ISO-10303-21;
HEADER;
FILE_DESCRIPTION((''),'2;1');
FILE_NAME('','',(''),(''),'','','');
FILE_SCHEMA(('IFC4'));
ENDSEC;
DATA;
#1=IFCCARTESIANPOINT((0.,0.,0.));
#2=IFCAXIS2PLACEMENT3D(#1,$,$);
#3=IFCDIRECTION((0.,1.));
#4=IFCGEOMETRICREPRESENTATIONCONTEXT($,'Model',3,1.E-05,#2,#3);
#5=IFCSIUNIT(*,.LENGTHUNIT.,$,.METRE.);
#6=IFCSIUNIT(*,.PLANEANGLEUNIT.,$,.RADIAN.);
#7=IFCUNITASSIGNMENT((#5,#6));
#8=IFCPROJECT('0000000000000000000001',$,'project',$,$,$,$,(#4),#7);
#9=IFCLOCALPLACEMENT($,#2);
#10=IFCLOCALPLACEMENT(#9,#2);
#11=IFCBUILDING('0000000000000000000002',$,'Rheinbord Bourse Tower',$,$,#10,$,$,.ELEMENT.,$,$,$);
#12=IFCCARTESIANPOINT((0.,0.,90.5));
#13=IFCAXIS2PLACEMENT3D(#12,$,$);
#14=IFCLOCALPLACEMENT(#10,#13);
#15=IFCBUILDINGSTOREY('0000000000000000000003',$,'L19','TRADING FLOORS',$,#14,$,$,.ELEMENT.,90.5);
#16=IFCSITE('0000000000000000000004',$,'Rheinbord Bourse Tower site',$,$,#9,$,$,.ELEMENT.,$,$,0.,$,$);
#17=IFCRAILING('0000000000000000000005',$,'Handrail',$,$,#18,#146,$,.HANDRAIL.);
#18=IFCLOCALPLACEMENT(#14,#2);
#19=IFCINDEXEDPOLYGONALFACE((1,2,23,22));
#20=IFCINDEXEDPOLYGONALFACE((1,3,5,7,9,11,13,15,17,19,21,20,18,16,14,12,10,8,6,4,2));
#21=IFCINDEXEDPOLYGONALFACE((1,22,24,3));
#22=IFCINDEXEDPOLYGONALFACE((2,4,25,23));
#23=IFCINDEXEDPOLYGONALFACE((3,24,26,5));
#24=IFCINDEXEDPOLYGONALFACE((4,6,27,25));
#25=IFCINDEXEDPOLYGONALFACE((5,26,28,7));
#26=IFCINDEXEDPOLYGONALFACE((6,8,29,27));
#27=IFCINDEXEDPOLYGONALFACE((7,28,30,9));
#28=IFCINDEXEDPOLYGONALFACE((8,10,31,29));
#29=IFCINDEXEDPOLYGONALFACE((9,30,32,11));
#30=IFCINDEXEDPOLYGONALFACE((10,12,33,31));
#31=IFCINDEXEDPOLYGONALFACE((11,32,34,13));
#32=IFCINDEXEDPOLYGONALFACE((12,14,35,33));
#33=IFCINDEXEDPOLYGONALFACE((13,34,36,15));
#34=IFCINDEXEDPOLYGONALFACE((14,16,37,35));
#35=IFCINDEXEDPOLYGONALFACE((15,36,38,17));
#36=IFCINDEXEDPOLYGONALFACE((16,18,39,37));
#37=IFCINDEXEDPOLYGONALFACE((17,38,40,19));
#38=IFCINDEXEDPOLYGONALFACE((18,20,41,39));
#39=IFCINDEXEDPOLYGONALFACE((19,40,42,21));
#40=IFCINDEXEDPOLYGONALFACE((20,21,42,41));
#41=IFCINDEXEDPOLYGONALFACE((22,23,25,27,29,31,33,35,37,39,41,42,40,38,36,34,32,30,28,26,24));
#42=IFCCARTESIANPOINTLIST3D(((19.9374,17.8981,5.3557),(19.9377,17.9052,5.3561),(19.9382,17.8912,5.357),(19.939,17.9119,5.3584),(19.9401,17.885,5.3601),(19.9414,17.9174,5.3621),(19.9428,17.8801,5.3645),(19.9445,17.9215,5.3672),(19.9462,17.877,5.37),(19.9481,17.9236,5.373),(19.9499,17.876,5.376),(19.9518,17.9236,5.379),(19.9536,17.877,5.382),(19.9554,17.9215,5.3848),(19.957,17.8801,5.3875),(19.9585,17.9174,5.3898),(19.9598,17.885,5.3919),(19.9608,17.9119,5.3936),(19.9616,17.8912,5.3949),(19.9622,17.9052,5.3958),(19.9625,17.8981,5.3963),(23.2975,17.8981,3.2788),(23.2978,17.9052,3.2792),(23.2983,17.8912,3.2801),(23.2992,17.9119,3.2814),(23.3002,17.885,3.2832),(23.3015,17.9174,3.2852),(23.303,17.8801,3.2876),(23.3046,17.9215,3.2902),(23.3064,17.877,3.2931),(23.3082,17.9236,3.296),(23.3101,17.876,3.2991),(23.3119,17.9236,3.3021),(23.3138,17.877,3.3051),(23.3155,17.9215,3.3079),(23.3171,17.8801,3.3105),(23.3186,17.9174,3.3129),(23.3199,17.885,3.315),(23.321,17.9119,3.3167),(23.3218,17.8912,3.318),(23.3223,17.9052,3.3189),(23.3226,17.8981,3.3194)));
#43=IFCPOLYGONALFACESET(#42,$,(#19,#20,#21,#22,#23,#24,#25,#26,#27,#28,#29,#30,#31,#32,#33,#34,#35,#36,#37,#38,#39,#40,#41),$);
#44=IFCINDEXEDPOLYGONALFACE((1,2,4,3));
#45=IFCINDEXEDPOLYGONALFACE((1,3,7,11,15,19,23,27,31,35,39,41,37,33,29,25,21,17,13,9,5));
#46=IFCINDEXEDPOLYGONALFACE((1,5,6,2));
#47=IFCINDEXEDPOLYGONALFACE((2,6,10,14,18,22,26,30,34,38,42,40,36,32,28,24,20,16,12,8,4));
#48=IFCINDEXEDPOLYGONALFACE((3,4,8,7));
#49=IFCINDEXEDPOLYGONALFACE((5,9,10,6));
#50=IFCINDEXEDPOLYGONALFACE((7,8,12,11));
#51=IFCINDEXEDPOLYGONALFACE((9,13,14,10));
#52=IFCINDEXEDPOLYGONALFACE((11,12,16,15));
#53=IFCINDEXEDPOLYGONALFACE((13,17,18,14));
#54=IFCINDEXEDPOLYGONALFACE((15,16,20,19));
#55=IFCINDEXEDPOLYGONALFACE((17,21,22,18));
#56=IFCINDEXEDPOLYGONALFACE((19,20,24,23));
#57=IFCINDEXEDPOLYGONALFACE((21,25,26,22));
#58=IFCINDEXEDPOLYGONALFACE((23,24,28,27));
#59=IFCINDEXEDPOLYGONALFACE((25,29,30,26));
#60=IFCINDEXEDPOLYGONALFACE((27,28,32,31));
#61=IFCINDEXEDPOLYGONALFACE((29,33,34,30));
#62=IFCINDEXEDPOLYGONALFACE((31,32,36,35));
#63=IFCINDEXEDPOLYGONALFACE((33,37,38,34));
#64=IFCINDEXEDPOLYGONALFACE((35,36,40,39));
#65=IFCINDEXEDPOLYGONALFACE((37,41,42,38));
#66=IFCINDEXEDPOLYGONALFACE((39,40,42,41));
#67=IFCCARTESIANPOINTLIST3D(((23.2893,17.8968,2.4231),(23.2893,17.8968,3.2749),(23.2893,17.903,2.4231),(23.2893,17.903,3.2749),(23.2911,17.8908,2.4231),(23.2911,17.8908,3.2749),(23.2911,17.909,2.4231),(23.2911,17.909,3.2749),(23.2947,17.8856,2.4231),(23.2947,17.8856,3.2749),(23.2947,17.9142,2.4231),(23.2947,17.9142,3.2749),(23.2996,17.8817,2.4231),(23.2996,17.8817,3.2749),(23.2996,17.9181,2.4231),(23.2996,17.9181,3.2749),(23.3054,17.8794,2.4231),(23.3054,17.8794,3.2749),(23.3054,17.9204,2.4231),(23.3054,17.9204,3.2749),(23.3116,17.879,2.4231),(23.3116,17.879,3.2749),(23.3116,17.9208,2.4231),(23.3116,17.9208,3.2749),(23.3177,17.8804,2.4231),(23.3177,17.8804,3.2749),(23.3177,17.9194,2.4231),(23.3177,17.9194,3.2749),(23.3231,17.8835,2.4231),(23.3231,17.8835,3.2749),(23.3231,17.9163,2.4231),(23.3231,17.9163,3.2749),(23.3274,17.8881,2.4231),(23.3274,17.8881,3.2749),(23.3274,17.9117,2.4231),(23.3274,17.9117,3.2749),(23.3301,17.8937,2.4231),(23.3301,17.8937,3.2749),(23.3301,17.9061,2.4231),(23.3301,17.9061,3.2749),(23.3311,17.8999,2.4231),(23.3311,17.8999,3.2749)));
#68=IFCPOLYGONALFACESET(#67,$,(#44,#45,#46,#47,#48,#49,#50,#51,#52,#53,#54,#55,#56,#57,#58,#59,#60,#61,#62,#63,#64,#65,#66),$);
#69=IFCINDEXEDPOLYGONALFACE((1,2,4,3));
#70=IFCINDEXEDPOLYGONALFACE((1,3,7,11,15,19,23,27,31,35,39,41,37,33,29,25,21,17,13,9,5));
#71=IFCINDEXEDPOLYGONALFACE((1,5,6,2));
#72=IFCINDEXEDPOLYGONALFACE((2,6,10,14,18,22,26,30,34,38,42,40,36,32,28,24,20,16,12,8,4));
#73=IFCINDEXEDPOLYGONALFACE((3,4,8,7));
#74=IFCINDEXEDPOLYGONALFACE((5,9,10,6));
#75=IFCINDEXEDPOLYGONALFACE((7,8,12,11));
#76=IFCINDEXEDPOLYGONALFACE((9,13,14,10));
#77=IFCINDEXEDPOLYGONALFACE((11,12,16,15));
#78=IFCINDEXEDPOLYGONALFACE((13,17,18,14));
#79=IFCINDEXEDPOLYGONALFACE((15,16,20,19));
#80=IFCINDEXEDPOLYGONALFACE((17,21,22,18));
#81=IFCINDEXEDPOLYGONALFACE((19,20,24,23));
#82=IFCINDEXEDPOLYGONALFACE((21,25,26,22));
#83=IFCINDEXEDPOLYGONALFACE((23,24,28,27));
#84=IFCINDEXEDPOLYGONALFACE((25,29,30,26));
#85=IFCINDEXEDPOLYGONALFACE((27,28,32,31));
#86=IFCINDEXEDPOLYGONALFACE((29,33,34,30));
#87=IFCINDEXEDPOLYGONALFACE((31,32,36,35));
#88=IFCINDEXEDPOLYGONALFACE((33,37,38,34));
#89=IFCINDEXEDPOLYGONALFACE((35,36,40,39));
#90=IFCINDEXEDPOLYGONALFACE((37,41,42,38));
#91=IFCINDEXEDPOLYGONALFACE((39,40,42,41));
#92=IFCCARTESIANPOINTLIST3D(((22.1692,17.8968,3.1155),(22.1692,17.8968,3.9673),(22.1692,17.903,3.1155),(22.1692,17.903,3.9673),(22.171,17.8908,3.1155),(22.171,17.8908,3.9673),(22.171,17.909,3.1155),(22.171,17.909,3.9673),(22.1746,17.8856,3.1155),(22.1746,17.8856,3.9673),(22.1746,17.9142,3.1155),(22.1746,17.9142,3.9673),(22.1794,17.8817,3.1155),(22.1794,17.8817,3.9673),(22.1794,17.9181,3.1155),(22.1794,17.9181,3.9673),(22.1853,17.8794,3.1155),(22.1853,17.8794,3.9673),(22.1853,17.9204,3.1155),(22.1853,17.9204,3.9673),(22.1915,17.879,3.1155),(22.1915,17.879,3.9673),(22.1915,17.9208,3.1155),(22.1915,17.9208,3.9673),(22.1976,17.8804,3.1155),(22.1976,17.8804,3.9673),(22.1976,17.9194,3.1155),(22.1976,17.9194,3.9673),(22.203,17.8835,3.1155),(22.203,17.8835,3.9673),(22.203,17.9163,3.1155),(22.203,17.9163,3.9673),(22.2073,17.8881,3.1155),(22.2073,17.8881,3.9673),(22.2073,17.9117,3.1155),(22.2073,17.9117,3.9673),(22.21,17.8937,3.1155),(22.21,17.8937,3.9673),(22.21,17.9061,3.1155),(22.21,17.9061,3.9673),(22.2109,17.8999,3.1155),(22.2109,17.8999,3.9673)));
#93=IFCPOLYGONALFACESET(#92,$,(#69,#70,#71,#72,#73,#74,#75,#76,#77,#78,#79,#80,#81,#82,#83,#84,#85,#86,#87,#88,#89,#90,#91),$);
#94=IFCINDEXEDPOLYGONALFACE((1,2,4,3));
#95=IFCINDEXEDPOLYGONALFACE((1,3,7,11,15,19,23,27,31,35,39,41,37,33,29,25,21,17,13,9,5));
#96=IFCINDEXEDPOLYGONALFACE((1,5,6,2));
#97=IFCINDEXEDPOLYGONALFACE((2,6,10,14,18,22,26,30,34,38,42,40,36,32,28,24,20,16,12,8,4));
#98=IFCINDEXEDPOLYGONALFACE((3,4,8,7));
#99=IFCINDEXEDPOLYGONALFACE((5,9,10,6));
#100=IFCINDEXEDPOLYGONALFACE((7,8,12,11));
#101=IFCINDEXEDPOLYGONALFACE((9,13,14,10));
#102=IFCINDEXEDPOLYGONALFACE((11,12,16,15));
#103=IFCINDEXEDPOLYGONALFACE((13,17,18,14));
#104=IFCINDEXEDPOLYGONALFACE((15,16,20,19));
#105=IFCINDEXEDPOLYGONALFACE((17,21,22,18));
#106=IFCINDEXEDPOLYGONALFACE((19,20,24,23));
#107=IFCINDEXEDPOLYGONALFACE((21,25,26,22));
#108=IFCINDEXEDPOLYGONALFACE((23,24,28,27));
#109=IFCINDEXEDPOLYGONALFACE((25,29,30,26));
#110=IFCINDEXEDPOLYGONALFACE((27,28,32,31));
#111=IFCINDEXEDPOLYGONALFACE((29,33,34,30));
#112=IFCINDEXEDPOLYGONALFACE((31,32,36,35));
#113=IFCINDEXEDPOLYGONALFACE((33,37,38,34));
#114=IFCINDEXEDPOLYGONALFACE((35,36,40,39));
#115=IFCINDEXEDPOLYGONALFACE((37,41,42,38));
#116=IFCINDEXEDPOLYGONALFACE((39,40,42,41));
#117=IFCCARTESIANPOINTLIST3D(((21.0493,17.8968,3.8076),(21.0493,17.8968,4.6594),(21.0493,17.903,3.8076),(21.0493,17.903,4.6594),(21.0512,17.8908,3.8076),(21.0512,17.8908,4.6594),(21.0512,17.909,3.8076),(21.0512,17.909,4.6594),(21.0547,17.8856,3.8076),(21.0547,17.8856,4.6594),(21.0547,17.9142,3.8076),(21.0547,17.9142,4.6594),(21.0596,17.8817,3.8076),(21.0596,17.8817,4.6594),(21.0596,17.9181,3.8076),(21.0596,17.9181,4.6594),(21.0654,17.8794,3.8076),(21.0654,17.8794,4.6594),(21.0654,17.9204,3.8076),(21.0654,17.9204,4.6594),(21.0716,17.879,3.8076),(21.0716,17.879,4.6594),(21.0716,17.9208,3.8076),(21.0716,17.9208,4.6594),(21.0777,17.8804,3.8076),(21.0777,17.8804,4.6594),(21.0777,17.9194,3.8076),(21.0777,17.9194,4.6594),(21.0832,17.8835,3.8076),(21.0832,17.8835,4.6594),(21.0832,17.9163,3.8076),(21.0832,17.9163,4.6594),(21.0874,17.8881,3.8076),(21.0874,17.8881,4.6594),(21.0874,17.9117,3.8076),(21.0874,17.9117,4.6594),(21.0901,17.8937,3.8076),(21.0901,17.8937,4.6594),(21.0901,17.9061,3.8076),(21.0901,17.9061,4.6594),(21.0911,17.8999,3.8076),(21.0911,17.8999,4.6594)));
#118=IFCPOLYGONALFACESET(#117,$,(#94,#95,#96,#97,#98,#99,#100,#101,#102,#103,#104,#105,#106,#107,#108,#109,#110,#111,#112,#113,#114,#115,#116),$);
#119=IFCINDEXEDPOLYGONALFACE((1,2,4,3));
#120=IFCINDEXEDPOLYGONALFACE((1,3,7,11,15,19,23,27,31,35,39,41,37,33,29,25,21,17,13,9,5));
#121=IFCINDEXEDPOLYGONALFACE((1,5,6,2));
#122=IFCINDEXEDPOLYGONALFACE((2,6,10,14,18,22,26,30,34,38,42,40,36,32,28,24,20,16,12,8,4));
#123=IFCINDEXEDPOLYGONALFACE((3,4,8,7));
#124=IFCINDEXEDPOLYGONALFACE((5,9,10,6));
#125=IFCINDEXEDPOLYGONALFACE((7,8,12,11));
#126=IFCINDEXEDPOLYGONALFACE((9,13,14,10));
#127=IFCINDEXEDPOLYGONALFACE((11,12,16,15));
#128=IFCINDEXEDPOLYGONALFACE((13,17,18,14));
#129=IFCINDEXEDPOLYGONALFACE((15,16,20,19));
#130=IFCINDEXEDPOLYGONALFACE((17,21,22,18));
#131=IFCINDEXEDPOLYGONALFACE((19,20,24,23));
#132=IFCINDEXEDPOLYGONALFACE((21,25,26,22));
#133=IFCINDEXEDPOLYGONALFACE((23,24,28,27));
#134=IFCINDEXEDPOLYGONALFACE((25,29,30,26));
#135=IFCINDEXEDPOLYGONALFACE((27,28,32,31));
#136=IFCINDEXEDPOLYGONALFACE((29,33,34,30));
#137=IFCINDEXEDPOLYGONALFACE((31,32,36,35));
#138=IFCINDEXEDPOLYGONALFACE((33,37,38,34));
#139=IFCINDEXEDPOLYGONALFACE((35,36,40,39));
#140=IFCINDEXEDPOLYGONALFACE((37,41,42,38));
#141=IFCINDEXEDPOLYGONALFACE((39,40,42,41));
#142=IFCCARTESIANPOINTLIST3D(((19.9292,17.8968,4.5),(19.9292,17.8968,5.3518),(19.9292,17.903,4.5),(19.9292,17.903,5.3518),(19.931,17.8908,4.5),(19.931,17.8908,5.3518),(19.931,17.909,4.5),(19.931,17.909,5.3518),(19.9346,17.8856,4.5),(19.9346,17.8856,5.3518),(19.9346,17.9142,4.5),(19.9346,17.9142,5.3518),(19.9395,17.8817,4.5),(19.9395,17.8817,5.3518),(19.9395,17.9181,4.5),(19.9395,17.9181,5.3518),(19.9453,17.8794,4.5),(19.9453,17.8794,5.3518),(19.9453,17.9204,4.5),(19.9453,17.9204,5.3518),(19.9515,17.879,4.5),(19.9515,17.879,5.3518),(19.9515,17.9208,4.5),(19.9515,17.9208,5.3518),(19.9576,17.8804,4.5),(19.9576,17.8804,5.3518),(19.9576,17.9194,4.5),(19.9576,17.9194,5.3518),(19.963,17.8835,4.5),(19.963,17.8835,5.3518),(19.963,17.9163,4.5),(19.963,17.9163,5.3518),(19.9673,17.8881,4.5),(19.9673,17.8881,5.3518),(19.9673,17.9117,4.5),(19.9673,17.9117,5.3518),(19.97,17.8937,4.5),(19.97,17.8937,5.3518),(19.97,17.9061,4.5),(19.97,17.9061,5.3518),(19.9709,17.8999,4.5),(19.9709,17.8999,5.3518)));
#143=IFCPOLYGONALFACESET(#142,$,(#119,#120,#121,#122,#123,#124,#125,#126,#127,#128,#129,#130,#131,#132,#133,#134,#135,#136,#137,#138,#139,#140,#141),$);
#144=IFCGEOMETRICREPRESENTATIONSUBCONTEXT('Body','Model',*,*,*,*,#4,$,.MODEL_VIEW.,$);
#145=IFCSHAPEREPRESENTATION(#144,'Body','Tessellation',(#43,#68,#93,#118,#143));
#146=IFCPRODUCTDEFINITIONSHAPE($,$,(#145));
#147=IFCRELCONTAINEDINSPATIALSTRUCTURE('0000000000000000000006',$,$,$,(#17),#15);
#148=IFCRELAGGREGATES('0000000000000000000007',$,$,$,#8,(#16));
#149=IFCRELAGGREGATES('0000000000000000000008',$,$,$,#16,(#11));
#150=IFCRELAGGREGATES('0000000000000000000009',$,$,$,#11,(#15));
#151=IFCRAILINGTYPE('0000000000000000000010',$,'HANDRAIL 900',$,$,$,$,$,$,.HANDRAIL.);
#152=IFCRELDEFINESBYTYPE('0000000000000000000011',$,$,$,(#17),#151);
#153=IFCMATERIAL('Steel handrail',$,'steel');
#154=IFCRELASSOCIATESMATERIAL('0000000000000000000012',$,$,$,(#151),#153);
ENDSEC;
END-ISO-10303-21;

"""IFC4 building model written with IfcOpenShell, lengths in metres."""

from ifc_helpers import new_model, si_unit, direction, frame, origin, origin_2d, place, context, subcontext, project, spatial, circle, extrude, material, type_object, element, save


model = new_model("IFC4")

# Units and contexts
model_context = context("Model", 3, precision=1e-05, world=origin(), true_north=direction((0.0, 1.0)))
body_context = subcontext(model_context, "Body", "Model", "MODEL_VIEW")
ifc_project = project(units=[si_unit("LENGTHUNIT", "METRE"), si_unit("PLANEANGLEUNIT", "RADIAN")], contexts=[model_context])

# Site, building, storey
site_placement = place(None, origin())
site = spatial("IfcSite", under=ifc_project, at=site_placement, Name="Rheinbord Bourse Tower site", CompositionType="ELEMENT", RefElevation=0.0)
building_placement = place(site_placement, origin())
building = spatial("IfcBuilding", under=site, at=building_placement, Name="Rheinbord Bourse Tower", CompositionType="ELEMENT")
storey_placement = place(building_placement, frame((0.0, 0.0, 90.5)))
storey = spatial("IfcBuildingStorey", under=building, at=storey_placement, Name="L19", Description="TRADING FLOORS", CompositionType="ELEMENT", Elevation=90.5)

# Railing
ifc_material_1 = material(Name="Steel handrail", Category="steel")
railing_type = type_object("IfcRailingType", Name="HANDRAIL 900", PredefinedType="HANDRAIL", material=ifc_material_1)
railing_1_placement = place(storey_placement, frame((23.3101, 17.8999, 2.4231)))
element("IfcRailing", 1, at=railing_1_placement, inside=storey, type_object=railing_type, Name="Handrail", PredefinedType="HANDRAIL", context=body_context, shape_type="SweptSolid", body=[
    extrude(circle(Radius=0.0239, at=origin_2d()), frame((0.0, 0.0, 0.876), z_axis=(-0.850623, 0.0, 0.525776), x_axis=(0.0, -1.0, 0.0)), (0.0, 0.0, 1.0), 3.9502),
    extrude(circle(Radius=0.021, at=origin_2d()), origin(), (0.0, 0.0, 1.0), 0.8518),
    extrude(circle(Radius=0.021, at=origin_2d()), frame((-1.1201, 0.0, 0.6924)), (0.0, 0.0, 1.0), 0.8518),
    extrude(circle(Radius=0.021, at=origin_2d()), frame((-2.24, 0.0, 1.3845)), (0.0, 0.0, 1.0), 0.8518),
    extrude(circle(Radius=0.021, at=origin_2d()), frame((-3.3601, 0.0, 2.0769)), (0.0, 0.0, 1.0), 0.8518),
])

save(model, "model.ifc")
